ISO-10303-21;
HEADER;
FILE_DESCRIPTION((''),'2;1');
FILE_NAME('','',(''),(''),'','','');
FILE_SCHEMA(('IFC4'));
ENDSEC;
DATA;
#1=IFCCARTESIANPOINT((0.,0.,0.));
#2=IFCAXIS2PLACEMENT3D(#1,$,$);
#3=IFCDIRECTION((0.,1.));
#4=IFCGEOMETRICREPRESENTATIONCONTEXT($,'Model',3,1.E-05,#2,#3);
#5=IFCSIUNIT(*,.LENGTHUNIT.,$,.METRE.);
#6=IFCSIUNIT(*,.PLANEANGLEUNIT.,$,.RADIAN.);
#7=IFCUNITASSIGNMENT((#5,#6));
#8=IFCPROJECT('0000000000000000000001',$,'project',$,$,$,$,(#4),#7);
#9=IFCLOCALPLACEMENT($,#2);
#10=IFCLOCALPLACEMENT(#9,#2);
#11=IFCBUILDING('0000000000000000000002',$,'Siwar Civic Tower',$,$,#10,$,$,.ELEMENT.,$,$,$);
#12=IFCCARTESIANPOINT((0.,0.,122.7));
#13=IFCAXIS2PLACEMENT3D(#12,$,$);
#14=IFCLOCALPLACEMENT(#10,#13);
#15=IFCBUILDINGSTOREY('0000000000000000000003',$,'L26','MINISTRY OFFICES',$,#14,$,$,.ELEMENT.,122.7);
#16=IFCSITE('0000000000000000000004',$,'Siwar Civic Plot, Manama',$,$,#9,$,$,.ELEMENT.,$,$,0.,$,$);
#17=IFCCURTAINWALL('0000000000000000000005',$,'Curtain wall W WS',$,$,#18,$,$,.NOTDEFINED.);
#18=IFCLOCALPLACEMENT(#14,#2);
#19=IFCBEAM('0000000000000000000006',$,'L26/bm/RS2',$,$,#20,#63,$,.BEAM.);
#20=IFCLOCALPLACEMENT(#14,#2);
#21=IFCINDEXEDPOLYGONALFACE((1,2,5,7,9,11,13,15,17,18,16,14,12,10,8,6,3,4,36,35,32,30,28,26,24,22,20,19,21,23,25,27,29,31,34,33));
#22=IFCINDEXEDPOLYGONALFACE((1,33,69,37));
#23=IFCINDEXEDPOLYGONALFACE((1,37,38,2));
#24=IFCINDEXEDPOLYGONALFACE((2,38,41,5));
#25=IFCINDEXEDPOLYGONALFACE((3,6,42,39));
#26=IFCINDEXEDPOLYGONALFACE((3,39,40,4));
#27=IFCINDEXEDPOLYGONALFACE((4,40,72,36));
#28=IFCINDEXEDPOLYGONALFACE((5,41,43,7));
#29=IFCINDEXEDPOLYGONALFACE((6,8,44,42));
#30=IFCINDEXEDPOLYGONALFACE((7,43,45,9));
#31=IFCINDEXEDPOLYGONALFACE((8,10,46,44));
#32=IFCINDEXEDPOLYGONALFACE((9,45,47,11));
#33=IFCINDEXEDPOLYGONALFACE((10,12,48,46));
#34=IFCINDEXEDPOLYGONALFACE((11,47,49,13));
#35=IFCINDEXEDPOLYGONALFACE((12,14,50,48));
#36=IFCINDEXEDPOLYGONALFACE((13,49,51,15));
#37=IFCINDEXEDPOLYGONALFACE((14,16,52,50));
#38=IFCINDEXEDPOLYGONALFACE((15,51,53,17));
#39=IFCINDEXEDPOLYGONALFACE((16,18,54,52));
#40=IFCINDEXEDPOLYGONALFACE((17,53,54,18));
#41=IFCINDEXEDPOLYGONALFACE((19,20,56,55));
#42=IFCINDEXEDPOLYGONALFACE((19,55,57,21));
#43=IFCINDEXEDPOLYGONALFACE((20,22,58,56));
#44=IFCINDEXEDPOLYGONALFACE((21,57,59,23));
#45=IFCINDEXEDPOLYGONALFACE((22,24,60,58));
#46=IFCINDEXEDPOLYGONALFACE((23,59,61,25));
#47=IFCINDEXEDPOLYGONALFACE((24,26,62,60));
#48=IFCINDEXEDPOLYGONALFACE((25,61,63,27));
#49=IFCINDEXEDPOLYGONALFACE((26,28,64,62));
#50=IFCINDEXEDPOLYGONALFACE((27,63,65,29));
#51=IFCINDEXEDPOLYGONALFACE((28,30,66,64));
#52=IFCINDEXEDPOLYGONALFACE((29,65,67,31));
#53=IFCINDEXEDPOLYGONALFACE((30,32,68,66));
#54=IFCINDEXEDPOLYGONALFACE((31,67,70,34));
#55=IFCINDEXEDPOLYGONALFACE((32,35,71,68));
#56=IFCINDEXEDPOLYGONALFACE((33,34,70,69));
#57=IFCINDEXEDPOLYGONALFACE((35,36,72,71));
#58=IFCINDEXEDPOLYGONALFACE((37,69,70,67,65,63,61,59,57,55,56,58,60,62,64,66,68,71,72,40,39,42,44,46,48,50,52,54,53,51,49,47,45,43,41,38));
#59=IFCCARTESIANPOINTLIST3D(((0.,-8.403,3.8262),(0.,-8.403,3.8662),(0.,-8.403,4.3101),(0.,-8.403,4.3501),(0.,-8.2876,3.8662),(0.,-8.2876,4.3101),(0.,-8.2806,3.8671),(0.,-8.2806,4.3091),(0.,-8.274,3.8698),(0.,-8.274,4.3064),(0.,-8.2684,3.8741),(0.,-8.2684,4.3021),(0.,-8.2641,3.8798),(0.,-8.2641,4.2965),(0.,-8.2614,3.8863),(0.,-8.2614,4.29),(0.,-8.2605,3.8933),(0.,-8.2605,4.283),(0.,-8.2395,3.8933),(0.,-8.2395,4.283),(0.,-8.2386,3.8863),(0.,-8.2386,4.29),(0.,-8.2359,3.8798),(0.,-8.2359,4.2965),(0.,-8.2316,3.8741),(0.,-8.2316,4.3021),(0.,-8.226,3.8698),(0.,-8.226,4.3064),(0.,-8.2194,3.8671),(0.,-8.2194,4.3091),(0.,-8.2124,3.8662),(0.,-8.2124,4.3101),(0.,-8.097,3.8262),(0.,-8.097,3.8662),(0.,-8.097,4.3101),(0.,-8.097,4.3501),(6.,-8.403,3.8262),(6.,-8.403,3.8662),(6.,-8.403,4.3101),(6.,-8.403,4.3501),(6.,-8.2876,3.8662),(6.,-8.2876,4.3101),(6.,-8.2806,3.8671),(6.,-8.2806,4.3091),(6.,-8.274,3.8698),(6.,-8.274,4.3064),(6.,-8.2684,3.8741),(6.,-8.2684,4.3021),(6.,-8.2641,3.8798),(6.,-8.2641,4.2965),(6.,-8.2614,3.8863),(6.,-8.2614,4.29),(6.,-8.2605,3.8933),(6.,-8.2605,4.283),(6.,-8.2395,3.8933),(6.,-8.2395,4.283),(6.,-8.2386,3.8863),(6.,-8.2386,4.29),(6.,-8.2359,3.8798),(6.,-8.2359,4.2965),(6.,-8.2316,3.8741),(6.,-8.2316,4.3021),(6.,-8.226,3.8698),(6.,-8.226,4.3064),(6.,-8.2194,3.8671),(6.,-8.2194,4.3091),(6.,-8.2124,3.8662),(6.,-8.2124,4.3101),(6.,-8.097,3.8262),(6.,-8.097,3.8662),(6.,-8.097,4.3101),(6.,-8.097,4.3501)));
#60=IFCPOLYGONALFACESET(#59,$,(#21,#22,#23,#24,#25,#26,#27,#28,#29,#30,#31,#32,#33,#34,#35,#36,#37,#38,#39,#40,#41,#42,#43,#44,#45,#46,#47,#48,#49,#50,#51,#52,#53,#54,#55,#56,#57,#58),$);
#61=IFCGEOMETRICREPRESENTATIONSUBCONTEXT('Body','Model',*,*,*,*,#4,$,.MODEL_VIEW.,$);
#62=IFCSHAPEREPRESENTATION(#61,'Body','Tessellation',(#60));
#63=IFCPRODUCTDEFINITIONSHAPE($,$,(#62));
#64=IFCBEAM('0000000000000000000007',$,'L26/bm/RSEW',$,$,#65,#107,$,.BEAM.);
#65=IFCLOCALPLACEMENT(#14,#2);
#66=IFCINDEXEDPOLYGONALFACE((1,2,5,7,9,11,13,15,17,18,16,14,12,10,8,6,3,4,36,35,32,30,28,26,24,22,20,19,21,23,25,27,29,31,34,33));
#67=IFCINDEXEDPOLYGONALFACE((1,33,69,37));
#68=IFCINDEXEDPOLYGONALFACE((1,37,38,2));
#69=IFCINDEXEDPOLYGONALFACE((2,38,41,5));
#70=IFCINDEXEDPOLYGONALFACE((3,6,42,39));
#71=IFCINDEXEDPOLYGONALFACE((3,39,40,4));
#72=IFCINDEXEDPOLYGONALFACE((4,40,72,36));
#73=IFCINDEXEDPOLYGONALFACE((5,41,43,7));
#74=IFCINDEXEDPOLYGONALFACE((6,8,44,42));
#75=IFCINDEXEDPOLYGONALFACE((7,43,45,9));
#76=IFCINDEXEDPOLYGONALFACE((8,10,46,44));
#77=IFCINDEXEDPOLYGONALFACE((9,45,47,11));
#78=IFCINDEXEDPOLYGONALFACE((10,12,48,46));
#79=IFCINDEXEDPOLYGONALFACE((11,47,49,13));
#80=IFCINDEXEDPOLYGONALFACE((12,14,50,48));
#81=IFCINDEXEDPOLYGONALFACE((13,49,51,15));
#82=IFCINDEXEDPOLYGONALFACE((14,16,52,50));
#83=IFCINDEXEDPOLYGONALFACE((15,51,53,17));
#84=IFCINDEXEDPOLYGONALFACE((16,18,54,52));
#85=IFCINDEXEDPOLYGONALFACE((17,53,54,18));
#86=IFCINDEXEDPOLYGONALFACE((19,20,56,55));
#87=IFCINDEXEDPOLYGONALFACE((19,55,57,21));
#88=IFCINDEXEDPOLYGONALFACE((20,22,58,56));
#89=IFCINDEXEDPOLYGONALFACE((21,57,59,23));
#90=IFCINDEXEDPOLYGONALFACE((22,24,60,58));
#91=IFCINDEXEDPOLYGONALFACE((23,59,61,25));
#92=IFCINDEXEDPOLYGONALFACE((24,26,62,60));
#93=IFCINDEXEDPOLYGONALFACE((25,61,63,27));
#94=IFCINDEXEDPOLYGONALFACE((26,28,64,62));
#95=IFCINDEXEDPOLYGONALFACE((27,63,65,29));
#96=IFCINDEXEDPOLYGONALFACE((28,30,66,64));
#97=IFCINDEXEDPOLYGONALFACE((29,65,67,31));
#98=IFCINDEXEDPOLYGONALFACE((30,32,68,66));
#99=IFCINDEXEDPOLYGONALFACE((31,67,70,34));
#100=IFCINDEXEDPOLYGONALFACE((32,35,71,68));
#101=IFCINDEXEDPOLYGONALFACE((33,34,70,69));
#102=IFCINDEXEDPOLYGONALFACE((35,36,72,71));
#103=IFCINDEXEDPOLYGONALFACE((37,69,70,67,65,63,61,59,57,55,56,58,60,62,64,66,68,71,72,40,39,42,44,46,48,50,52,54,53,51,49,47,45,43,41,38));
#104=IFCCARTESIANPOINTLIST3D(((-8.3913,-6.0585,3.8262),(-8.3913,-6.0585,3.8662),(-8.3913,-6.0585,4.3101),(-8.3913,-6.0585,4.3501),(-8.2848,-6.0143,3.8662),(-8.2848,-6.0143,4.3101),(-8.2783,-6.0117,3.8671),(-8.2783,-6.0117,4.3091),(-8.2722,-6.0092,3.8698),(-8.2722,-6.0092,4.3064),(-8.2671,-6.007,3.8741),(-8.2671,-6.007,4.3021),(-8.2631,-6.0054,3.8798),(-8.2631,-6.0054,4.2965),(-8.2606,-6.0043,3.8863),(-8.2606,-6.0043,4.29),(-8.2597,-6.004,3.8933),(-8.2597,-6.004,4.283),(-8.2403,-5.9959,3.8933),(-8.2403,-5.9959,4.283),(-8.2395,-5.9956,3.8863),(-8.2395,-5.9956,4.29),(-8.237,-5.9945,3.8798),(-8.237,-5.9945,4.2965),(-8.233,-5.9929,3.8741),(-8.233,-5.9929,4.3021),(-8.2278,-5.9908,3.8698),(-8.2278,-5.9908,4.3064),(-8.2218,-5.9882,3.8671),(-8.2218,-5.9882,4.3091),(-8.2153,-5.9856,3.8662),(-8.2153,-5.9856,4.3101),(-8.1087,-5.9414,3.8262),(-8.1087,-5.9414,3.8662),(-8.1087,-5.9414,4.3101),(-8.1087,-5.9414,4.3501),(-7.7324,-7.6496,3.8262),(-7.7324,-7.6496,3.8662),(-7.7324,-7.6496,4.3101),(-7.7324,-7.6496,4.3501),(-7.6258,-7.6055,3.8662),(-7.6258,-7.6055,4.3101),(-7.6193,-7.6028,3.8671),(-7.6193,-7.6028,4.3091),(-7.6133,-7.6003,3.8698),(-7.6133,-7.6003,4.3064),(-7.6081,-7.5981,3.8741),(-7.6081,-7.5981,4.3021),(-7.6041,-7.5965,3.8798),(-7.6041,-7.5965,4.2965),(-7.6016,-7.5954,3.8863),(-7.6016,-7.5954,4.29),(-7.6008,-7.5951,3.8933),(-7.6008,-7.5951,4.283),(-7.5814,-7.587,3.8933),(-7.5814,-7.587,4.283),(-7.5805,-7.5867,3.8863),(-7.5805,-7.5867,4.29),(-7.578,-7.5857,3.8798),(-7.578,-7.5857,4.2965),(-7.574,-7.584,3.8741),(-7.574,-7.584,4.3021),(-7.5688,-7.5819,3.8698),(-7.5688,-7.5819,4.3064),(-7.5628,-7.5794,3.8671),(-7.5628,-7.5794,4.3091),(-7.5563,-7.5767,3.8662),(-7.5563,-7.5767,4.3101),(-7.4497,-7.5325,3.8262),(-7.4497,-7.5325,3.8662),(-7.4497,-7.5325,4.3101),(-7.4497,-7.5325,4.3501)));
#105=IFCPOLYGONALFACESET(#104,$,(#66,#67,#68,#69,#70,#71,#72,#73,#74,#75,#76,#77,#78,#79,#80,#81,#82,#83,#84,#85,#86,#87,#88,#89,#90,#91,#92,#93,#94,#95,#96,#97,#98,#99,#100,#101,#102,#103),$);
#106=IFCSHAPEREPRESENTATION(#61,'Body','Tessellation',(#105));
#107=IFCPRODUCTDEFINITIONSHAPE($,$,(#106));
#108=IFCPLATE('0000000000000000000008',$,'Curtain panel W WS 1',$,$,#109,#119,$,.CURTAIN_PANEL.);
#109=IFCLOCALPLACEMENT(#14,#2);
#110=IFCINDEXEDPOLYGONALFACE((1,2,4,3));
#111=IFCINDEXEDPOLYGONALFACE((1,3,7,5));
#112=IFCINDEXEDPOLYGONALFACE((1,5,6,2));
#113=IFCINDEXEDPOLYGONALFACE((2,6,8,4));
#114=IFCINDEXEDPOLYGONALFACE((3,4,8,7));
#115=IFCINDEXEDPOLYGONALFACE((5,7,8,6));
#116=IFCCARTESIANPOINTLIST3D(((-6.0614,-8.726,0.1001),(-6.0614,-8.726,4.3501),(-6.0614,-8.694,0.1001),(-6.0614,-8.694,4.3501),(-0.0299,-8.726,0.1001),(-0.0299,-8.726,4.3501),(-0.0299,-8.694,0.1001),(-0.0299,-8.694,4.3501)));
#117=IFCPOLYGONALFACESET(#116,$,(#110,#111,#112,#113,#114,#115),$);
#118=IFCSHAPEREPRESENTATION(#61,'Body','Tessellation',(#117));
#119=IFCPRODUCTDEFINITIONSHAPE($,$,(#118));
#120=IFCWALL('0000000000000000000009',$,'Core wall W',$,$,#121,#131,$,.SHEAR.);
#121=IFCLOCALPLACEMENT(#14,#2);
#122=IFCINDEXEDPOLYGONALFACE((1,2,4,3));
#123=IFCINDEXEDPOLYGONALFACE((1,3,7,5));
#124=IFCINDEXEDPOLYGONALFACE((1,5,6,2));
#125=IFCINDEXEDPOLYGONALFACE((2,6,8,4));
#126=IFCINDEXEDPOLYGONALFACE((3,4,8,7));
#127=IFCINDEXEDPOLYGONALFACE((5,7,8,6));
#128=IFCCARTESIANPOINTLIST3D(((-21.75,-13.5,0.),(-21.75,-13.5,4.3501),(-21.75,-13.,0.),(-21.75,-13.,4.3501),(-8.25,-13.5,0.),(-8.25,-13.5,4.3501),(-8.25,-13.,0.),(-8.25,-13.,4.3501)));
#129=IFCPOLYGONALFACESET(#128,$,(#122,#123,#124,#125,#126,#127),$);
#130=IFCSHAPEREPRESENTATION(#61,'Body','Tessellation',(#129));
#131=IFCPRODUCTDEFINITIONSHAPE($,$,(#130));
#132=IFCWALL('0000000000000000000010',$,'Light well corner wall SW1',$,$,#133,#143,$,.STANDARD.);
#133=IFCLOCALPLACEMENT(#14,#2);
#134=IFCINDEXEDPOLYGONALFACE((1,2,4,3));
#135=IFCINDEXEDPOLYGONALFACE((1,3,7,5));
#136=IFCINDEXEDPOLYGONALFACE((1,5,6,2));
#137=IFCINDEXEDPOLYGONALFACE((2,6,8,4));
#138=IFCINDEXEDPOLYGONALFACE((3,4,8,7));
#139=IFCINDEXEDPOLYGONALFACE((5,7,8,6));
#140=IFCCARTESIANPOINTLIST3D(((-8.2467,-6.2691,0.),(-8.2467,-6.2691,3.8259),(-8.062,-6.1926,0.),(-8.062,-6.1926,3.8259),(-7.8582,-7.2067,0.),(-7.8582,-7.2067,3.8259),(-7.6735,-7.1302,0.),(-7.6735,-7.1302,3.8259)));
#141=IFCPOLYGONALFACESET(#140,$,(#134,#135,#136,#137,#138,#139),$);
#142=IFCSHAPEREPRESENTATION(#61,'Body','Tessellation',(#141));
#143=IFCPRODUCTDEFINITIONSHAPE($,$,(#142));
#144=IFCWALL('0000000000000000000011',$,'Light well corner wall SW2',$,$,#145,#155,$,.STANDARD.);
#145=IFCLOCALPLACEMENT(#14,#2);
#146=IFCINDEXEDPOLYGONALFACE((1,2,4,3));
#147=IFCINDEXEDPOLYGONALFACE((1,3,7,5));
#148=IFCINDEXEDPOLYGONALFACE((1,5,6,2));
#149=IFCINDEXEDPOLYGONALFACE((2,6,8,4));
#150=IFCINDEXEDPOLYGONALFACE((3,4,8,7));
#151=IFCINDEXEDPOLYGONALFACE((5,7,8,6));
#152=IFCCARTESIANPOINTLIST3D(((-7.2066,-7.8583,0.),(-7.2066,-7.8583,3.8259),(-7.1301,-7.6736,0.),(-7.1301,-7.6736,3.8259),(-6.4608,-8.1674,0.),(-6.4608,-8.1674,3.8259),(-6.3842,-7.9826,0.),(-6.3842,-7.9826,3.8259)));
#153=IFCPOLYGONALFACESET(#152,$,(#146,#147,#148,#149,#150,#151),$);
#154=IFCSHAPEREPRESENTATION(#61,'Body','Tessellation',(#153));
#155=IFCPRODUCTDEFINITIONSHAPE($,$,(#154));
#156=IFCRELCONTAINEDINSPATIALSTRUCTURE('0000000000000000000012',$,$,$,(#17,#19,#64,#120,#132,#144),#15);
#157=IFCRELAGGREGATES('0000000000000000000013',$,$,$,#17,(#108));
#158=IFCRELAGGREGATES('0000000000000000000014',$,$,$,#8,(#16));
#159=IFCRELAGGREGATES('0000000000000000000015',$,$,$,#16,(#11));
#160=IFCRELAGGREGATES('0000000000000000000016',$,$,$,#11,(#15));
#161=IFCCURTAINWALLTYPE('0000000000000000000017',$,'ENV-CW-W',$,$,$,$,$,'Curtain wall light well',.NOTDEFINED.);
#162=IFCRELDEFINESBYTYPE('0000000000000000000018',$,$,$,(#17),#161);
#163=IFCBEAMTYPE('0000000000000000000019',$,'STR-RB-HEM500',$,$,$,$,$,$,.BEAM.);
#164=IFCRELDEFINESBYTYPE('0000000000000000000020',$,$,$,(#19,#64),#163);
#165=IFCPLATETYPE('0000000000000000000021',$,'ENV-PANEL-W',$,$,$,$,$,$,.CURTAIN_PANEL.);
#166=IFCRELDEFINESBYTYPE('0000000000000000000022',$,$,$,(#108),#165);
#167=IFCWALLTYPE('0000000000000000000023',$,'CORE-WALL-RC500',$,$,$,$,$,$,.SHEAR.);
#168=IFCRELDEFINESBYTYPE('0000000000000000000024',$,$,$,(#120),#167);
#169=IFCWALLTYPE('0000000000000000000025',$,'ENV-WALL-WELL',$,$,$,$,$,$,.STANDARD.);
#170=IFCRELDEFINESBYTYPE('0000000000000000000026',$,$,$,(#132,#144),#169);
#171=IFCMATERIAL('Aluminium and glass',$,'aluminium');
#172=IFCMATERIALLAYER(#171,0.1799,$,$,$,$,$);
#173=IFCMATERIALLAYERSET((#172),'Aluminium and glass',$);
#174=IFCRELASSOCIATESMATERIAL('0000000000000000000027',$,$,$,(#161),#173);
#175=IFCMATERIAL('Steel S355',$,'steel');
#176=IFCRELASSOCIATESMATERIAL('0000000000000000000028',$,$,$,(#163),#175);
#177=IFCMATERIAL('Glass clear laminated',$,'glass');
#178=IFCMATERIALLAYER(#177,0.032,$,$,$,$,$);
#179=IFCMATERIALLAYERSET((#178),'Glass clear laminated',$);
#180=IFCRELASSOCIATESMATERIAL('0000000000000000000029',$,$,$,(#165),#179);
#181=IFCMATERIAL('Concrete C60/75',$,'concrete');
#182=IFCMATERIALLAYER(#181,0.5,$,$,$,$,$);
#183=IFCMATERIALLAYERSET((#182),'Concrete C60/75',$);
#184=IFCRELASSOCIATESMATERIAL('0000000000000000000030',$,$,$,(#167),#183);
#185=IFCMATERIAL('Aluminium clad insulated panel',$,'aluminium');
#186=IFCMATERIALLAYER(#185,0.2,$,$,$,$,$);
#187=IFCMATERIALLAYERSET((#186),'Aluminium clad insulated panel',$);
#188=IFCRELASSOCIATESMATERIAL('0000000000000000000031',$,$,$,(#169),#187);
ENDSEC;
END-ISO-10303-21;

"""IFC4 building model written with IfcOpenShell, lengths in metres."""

from ifc_helpers import new_model, si_unit, direction, frame, frame_2d, origin, origin_2d, place, context, subcontext, project, spatial, rectangle, i_section, extrude, material, layer, layer_set, material_profile, profile_set, type_object, element, aggregate, save


model = new_model("IFC4")

# Units and contexts
model_context = context("Model", 3, precision=1e-05, world=origin(), true_north=direction((0.0, 1.0)))
body_context = subcontext(model_context, "Body", "Model", "MODEL_VIEW")
ifc_project = project(units=[si_unit("LENGTHUNIT", "METRE"), si_unit("PLANEANGLEUNIT", "RADIAN")], contexts=[model_context])

# Site, building, storey
site_placement = place(None, origin())
site = spatial("IfcSite", under=ifc_project, at=site_placement, Name="Siwar Civic Plot, Manama", CompositionType="ELEMENT", RefElevation=0.0)
building_placement = place(site_placement, origin())
building = spatial("IfcBuilding", under=site, at=building_placement, Name="Siwar Civic Tower", CompositionType="ELEMENT")
storey_placement = place(building_placement, frame((0.0, 0.0, 122.7)))
storey = spatial("IfcBuildingStorey", under=building, at=storey_placement, Name="L26", Description="MINISTRY OFFICES", CompositionType="ELEMENT", Elevation=122.7)

# Curtain wall
ifc_material_1 = material(Name="Aluminium and glass", Category="aluminium")
ifc_layer_1 = layer(ifc_material_1, 0.1799)
ifc_layer_set_1 = layer_set([ifc_layer_1], Name="Aluminium and glass")
curtain_wall_type = type_object("IfcCurtainWallType", Name="ENV-CW-W", ElementType="Curtain wall light well", PredefinedType="NOTDEFINED", material=ifc_layer_set_1)
curtain_wall_placement = place(storey_placement, origin())
curtain_wall = element("IfcCurtainWall", 1, at=curtain_wall_placement, inside=storey, type_object=curtain_wall_type, Name="Curtain wall W WS", PredefinedType="NOTDEFINED")

# Beams
ifc_material_2 = material(Name="Steel S355", Category="steel")
ifc_material_profile_1 = material_profile(ifc_material_2, i_section(OverallWidth=0.3059, OverallDepth=0.5239, WebThickness=0.021, FlangeThickness=0.04, FilletRadius=0.0271, at=origin_2d()), Name="HEM500")
ifc_profile_set_1 = profile_set([ifc_material_profile_1], Name="Steel S355")
beam_type = type_object("IfcBeamType", Name="STR-RB-HEM500", PredefinedType="BEAM", material=ifc_profile_set_1)
for number, where, z_axis, x_axis, name in (
    (2, (0.0, -8.25, 4.0881), (1.0, 0.0, 0.0), (0.0, 1.0, 0.0), "L26/bm/RS2"),
):
    element("IfcBeam", number, at=place(storey_placement, frame(where, z_axis=z_axis, x_axis=x_axis)), inside=storey, type_object=beam_type, Name=name, PredefinedType="BEAM", context=body_context, shape_type="SweptSolid", body=[
        extrude(i_section(OverallWidth=0.3059, OverallDepth=0.5239, WebThickness=0.021, FlangeThickness=0.04, FilletRadius=0.0271, at=origin_2d()), origin(), (0.0, 0.0, 1.0), 6.0),
    ])
beam_1_placement = place(storey_placement, frame((-7.5911, -7.5911, 4.0881), z_axis=(-0.382631, 0.923901, 0.0), x_axis=(-0.923901, -0.382631, 0.0)))
element("IfcBeam", 3, at=beam_1_placement, inside=storey, type_object=beam_type, Name="L26/bm/RSEW", PredefinedType="BEAM", context=body_context, shape_type="SweptSolid", body=[
    extrude(i_section(OverallWidth=0.3059, OverallDepth=0.5239, WebThickness=0.021, FlangeThickness=0.04, FilletRadius=0.0271, at=origin_2d()), origin(), (0.0, 0.0, 1.0), 1.7222),
])

# Plate
ifc_material_3 = material(Name="Glass clear laminated", Category="glass")
ifc_layer_2 = layer(ifc_material_3, 0.032)
ifc_layer_set_2 = layer_set([ifc_layer_2], Name="Glass clear laminated")
plate_type = type_object("IfcPlateType", Name="ENV-PANEL-W", PredefinedType="CURTAIN_PANEL", material=ifc_layer_set_2)
plate_placement = place(storey_placement, frame((-3.0457, -8.71, 0.1001), z_axis=(0.0, 0.0, 1.0), x_axis=(1.0, 0.0, 0.0)))
plate = element("IfcPlate", 4, at=plate_placement, type_object=plate_type, Name="Curtain panel W WS 1", PredefinedType="CURTAIN_PANEL", context=body_context, shape_type="SweptSolid", body=[
    extrude(rectangle(XDim=6.0315, YDim=0.032, at=origin_2d()), origin(), (0.0, 0.0, 1.0), 4.25),
])
aggregate(curtain_wall, [plate])

# Walls
ifc_material_4 = material(Name="Concrete C60/75", Category="concrete")
ifc_layer_3 = layer(ifc_material_4, 0.5)
ifc_layer_set_3 = layer_set([ifc_layer_3], Name="Concrete C60/75")
wall_type_1 = type_object("IfcWallType", Name="CORE-WALL-RC500", PredefinedType="SHEAR", material=ifc_layer_set_3)
wall_1_placement = place(storey_placement, frame((-8.25, -13.25, 0.0), z_axis=(0.0, 0.0, 1.0), x_axis=(-1.0, 0.0, 0.0)))
element("IfcWall", 5, at=wall_1_placement, inside=storey, type_object=wall_type_1, Name="Core wall W", PredefinedType="SHEAR", context=body_context, shape_type="SweptSolid", body=[
    extrude(rectangle(XDim=13.5, YDim=0.5, at=frame_2d((6.75, 0.0))), origin(), (0.0, 0.0, 1.0), 4.3501),
])
ifc_material_5 = material(Name="Aluminium clad insulated panel", Category="aluminium")
ifc_layer_4 = layer(ifc_material_5, 0.2)
ifc_layer_set_4 = layer_set([ifc_layer_4], Name="Aluminium clad insulated panel")
wall_type_2 = type_object("IfcWallType", Name="ENV-WALL-WELL", PredefinedType="STANDARD", material=ifc_layer_set_4)
wall_2_placement = place(storey_placement, frame((-8.1543, -6.231, 0.0), z_axis=(0.0, 0.0, 1.0), x_axis=(0.38277, -0.923844, 0.0)))
element("IfcWall", 6, at=wall_2_placement, inside=storey, type_object=wall_type_2, Name="Light well corner wall SW1", PredefinedType="STANDARD", context=body_context, shape_type="SweptSolid", body=[
    extrude(rectangle(XDim=1.0149, YDim=0.2, at=frame_2d((0.5073, 0.0))), origin(), (0.0, 0.0, 1.0), 3.8259),
])
wall_3_placement = place(storey_placement, frame((-7.1685, -7.7659, 0.0), z_axis=(0.0, 0.0, 1.0), x_axis=(0.923818, -0.382833, 0.0)))
element("IfcWall", 7, at=wall_3_placement, inside=storey, type_object=wall_type_2, Name="Light well corner wall SW2", PredefinedType="STANDARD", context=body_context, shape_type="SweptSolid", body=[
    extrude(rectangle(XDim=0.8074, YDim=0.2, at=frame_2d((0.4038, 0.0))), origin(), (0.0, 0.0, 1.0), 3.8259),
])

save(model, "model.ifc")
